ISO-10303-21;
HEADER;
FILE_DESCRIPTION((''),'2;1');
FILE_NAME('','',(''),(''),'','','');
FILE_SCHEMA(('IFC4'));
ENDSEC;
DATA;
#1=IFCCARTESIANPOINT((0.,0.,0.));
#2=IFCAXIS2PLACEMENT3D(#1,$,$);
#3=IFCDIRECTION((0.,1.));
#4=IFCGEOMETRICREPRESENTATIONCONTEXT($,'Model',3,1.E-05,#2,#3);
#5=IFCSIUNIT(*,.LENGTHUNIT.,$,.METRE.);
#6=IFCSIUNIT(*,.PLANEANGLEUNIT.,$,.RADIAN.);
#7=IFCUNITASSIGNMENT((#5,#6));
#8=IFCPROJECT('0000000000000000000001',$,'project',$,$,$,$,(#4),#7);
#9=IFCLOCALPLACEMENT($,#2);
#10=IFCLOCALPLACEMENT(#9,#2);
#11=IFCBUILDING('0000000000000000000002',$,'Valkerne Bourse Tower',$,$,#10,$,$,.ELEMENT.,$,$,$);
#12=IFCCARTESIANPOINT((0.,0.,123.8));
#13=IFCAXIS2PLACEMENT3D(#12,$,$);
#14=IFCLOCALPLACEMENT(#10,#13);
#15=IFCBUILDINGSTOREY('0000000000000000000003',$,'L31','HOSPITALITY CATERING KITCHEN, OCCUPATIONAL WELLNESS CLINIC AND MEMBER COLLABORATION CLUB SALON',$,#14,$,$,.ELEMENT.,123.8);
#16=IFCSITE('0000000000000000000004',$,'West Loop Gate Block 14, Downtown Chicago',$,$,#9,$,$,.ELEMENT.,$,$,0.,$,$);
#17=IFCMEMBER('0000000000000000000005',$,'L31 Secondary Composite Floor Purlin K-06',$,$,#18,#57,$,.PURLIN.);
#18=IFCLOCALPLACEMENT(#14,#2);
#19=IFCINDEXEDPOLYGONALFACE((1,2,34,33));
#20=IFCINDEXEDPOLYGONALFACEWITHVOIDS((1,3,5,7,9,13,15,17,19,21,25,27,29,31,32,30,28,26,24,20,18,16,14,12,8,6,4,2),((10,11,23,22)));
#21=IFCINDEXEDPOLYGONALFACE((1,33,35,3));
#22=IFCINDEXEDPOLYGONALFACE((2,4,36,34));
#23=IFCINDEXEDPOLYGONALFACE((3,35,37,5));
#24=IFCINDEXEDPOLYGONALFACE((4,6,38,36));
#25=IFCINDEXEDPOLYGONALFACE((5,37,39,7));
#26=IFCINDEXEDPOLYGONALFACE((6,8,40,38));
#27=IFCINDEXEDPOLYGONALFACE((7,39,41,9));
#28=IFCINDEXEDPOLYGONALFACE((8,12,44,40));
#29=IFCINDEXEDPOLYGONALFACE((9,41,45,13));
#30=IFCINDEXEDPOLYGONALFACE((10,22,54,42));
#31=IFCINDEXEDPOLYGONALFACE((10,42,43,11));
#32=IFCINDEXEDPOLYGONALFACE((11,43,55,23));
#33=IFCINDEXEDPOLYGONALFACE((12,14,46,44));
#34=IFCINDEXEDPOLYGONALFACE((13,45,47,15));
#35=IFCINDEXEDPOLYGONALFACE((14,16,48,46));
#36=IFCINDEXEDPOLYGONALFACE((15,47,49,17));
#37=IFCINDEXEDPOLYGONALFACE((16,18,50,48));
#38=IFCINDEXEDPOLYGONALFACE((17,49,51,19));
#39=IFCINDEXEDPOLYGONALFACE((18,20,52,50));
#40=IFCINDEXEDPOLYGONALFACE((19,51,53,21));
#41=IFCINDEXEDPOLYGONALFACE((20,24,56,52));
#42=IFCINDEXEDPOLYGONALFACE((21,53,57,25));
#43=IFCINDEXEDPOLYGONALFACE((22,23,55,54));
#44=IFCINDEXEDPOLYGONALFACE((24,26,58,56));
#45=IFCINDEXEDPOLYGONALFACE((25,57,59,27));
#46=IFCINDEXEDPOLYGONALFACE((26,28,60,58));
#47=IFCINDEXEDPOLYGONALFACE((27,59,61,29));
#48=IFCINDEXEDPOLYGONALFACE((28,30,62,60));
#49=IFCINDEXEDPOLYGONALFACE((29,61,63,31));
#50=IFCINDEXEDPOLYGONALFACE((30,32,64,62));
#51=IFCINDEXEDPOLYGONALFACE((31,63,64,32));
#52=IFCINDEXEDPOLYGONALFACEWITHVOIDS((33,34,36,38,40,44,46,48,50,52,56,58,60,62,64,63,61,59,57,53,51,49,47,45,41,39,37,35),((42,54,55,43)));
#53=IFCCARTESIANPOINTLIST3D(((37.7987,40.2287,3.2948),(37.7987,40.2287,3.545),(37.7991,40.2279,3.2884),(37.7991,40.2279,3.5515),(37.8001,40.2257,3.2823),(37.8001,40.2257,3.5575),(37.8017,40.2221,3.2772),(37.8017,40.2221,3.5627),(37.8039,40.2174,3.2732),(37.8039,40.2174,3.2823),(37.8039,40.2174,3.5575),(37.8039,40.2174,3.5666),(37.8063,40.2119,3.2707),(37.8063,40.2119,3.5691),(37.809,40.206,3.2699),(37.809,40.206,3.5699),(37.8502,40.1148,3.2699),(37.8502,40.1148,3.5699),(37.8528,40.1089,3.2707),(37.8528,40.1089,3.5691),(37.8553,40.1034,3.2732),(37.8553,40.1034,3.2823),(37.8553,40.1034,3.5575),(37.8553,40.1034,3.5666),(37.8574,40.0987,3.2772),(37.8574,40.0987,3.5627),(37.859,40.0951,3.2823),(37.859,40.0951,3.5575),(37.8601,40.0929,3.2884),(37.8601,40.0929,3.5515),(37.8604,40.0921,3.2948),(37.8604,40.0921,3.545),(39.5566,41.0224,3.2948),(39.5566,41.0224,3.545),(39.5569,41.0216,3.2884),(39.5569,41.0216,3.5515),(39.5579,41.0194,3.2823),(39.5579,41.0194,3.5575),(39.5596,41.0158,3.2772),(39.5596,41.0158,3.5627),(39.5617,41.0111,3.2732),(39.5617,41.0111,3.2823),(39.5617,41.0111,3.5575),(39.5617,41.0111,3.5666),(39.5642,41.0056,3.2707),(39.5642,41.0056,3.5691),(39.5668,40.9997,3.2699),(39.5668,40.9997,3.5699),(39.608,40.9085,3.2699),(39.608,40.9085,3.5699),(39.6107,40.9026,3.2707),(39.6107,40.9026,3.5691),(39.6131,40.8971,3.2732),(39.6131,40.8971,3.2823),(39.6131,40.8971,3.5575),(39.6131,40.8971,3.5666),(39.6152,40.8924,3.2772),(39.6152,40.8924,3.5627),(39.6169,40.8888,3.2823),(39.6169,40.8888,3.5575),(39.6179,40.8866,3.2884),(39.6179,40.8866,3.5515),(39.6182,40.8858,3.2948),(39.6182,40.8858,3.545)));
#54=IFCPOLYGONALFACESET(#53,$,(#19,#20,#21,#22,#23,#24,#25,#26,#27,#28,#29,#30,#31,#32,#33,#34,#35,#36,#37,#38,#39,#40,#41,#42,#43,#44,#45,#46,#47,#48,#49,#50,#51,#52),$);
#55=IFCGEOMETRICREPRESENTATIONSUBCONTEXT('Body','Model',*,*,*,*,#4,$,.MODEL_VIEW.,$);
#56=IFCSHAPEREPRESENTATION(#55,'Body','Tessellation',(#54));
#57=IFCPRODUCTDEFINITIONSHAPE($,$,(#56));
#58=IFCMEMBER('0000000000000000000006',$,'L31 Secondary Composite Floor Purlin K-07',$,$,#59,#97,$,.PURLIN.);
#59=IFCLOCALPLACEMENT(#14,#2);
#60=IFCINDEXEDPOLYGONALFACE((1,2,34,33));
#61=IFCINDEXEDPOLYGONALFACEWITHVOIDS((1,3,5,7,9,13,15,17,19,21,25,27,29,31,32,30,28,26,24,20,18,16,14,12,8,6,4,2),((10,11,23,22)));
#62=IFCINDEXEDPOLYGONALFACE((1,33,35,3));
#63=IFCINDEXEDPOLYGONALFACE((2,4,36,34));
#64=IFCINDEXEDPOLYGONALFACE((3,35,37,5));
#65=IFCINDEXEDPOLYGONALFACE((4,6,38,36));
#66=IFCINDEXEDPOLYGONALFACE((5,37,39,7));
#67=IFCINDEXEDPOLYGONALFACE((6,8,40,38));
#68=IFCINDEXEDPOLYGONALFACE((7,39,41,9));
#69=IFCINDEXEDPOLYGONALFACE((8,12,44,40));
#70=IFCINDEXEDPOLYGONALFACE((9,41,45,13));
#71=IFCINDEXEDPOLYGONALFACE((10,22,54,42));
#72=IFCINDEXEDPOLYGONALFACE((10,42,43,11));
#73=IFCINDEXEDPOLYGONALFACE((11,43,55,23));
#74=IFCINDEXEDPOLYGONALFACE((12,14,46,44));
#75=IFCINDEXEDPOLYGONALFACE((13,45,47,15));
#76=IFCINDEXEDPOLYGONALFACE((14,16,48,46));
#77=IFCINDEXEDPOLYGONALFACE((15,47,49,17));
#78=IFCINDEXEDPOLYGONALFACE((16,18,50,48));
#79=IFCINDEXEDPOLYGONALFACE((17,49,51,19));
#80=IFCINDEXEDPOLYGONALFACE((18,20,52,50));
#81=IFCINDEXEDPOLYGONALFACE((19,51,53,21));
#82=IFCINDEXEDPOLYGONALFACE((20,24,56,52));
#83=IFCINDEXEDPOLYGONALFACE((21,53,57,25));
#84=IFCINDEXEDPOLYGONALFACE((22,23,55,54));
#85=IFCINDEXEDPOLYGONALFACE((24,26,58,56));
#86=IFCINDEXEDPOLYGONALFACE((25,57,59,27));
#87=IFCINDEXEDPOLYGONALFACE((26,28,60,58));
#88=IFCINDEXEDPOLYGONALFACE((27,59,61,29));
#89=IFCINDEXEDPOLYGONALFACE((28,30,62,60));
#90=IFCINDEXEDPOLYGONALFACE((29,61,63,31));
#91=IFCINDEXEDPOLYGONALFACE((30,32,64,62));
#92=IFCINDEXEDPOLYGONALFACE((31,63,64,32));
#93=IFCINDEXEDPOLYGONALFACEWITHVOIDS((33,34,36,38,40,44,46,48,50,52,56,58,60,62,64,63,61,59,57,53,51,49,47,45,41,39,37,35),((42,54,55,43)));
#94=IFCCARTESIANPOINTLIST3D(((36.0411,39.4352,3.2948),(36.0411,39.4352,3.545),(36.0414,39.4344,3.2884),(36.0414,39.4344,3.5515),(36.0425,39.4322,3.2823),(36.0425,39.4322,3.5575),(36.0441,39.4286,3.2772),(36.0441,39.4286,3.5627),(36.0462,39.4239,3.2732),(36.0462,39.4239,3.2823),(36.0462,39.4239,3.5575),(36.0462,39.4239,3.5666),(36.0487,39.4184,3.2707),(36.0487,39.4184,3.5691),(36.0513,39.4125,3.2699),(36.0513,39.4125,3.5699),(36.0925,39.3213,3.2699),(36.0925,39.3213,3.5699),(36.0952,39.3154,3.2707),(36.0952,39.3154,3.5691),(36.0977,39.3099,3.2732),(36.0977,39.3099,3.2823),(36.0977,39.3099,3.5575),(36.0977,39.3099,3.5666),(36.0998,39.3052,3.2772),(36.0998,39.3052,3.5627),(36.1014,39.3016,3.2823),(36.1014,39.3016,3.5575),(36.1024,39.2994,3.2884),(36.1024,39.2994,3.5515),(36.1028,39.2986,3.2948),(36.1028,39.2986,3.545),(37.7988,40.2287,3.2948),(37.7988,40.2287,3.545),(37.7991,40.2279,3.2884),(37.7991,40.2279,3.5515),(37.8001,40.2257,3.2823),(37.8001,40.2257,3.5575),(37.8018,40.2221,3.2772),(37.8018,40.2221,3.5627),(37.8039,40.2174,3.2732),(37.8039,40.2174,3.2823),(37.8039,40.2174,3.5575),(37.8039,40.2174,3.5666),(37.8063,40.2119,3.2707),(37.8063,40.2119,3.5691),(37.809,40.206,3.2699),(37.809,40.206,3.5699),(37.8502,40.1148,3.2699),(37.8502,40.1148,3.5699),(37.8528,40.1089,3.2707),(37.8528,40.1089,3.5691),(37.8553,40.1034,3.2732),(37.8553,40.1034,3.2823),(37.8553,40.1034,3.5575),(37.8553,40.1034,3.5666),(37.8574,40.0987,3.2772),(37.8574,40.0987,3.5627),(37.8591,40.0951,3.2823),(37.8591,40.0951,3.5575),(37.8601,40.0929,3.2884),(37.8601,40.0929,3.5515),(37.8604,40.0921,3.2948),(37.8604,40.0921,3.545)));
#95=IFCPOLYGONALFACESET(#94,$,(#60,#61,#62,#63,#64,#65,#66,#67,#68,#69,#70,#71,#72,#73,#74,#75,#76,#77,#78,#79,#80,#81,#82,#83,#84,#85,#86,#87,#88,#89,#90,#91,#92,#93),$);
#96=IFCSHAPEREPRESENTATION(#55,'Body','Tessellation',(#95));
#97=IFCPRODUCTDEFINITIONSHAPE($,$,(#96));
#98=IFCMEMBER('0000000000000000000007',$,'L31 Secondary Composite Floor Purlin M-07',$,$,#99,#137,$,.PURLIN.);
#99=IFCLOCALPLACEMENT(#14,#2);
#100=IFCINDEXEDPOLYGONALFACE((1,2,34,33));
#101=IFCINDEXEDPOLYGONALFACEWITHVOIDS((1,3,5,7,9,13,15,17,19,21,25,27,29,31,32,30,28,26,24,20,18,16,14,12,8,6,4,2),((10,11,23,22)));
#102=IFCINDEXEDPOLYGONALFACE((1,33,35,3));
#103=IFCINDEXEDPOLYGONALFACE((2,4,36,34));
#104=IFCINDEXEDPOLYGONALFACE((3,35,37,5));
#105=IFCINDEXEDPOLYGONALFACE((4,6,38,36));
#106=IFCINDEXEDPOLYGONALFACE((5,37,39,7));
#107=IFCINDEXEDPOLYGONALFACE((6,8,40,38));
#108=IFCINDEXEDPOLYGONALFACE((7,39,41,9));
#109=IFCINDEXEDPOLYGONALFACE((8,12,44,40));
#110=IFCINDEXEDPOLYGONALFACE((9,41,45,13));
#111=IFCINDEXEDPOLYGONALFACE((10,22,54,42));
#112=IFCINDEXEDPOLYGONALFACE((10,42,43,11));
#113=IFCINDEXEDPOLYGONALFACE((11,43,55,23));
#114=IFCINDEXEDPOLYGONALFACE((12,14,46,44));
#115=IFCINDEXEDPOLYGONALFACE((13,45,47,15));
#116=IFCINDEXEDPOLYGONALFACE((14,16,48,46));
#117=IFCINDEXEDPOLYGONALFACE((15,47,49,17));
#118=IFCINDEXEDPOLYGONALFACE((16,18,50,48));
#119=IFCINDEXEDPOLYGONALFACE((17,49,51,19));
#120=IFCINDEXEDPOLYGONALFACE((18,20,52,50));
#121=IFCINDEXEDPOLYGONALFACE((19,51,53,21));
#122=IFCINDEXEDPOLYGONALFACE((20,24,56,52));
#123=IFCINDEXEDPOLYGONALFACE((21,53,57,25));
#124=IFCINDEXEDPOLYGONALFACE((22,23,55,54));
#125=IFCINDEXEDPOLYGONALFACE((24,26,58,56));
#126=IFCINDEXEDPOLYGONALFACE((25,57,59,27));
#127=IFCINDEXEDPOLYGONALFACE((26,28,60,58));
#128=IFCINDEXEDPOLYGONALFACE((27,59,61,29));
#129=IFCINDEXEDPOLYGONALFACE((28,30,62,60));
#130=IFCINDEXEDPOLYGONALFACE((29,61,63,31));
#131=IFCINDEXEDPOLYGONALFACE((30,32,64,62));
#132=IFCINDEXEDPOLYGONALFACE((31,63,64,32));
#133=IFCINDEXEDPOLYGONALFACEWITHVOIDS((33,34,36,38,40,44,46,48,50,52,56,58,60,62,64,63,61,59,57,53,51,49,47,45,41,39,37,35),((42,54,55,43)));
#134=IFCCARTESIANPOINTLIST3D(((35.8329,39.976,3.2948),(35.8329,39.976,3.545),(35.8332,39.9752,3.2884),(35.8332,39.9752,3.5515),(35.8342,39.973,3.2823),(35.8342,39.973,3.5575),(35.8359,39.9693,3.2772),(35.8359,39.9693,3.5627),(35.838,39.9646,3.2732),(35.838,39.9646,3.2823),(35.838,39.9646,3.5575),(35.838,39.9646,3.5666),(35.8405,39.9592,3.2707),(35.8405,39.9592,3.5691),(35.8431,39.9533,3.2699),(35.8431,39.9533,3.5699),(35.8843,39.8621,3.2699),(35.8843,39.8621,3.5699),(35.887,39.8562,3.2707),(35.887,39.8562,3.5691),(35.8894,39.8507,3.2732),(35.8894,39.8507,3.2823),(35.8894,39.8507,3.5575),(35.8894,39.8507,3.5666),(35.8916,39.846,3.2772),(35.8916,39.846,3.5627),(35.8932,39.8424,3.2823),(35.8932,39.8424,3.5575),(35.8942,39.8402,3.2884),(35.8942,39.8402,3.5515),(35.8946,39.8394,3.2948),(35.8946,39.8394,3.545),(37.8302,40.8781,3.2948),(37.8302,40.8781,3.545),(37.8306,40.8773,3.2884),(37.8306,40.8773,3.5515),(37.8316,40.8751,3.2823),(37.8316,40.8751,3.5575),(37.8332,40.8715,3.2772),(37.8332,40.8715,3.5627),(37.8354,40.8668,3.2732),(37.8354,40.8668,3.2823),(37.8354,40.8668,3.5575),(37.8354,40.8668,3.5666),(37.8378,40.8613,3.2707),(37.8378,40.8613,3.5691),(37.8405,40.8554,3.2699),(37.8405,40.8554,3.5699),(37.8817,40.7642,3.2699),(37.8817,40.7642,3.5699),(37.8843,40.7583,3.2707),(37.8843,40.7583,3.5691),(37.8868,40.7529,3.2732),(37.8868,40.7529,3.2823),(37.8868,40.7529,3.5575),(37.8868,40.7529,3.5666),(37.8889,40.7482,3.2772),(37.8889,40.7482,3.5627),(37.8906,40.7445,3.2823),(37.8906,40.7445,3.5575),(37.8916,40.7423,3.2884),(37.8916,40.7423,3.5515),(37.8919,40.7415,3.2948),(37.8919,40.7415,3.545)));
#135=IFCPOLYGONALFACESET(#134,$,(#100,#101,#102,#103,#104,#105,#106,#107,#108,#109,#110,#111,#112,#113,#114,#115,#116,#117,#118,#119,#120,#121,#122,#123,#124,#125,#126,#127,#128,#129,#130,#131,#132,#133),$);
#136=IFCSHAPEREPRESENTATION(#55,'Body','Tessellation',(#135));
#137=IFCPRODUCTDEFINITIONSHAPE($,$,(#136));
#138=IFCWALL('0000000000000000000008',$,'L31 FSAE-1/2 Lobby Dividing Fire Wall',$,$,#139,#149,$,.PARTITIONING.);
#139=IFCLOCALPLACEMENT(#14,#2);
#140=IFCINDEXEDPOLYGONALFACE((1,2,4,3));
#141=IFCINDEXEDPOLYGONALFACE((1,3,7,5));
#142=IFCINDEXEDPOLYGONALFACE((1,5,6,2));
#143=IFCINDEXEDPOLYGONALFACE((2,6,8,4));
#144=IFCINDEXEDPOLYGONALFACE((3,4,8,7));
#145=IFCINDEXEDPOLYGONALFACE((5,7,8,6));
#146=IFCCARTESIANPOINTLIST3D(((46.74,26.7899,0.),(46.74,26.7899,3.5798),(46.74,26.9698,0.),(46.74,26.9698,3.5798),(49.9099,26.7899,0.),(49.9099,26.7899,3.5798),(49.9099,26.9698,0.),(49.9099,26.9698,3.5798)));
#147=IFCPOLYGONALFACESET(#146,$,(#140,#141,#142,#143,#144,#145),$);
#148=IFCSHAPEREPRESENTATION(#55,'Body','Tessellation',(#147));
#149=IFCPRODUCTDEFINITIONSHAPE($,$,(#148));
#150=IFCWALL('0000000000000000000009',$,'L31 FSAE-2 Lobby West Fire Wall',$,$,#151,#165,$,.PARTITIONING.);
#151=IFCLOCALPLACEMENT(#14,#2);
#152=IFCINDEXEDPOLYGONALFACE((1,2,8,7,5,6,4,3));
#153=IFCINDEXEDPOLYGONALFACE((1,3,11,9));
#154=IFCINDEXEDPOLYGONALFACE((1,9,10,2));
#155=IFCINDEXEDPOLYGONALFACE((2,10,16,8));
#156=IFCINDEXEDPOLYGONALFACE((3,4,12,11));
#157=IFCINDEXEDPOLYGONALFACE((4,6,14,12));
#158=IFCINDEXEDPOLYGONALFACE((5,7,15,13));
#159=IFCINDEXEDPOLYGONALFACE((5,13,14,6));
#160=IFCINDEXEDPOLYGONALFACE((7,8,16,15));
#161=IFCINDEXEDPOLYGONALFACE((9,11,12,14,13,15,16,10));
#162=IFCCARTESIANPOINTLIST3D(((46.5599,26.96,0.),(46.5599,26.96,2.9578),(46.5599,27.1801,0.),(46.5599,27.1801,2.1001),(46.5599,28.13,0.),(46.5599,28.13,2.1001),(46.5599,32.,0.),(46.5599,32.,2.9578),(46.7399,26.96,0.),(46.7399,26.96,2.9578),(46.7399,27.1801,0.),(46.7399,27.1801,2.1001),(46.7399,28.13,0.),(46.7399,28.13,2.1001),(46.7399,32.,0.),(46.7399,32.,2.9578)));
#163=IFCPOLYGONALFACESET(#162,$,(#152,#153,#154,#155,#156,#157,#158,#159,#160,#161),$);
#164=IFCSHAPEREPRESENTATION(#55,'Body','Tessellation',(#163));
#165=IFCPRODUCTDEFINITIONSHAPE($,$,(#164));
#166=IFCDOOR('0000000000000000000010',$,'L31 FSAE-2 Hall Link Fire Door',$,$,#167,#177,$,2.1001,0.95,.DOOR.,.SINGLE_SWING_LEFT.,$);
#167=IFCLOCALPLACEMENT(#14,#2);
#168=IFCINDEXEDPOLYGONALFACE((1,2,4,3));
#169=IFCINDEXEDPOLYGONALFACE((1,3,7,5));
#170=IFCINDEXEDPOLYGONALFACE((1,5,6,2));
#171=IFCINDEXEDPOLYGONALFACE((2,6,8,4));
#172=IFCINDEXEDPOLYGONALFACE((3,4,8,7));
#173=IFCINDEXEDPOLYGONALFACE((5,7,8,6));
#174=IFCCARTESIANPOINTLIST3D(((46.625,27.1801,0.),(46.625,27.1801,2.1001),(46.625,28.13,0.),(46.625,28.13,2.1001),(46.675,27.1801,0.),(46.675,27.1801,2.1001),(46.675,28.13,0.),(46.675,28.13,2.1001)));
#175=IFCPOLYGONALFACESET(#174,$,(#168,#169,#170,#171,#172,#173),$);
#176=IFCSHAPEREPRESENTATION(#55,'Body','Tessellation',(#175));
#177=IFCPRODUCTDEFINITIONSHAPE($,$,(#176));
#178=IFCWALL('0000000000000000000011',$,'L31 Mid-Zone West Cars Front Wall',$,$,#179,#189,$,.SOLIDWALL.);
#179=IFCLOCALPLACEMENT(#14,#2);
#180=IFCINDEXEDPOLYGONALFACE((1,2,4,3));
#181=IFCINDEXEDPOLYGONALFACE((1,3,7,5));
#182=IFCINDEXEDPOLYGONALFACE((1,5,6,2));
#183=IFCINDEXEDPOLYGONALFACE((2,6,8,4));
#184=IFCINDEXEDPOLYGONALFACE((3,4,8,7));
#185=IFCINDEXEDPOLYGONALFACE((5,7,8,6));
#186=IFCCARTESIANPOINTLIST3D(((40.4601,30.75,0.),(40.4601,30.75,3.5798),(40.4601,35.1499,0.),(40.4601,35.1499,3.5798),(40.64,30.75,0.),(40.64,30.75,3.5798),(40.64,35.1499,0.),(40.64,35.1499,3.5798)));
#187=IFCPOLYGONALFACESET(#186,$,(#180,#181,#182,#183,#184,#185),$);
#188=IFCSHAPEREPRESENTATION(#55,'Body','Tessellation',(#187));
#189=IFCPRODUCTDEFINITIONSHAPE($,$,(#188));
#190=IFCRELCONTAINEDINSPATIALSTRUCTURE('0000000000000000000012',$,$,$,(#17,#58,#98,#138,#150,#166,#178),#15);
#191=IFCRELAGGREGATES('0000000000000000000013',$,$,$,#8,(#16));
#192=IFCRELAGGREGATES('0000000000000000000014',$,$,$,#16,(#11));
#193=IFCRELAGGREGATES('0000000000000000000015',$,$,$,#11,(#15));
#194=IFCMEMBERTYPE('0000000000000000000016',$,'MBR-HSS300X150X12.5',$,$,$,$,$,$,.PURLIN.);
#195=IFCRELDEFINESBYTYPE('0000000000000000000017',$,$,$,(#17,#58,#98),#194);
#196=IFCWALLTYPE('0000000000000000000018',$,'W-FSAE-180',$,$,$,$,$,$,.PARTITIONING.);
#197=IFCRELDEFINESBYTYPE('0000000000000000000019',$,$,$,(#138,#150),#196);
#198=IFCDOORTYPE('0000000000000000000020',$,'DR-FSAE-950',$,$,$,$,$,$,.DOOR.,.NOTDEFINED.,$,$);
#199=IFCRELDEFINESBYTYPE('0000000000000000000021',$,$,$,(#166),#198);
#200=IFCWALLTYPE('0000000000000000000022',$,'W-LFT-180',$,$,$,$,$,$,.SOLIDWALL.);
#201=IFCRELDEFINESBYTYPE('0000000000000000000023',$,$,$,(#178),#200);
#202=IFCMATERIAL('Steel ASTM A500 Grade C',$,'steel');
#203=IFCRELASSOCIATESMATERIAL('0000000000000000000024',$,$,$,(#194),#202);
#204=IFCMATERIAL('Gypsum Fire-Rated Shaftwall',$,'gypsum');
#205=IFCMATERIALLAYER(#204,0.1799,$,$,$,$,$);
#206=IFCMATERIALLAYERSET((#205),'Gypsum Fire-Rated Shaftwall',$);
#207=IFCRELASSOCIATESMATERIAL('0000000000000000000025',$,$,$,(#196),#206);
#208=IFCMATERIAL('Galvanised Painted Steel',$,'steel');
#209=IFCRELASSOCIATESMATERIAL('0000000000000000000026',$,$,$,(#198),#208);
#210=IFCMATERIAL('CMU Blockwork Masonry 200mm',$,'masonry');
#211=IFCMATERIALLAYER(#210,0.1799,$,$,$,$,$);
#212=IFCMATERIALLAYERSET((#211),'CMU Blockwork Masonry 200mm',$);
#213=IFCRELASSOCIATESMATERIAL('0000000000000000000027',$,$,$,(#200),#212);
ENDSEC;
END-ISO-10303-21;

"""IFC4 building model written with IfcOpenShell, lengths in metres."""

from ifc_helpers import new_model, si_unit, direction, frame, frame_2d, origin, origin_2d, place, context, subcontext, project, spatial, rectangle, hollow_rectangle, extrude, material, layer, layer_set, material_profile, profile_set, type_object, element, fill, save


model = new_model("IFC4")

# Units and contexts
model_context = context("Model", 3, precision=1e-05, world=origin(), true_north=direction((0.0, 1.0)))
body_context = subcontext(model_context, "Body", "Model", "MODEL_VIEW")
ifc_project = project(units=[si_unit("LENGTHUNIT", "METRE"), si_unit("PLANEANGLEUNIT", "RADIAN")], contexts=[model_context])

# Site, building, storey
site_placement = place(None, origin())
site = spatial("IfcSite", under=ifc_project, at=site_placement, Name="West Loop Gate Block 14, Downtown Chicago", CompositionType="ELEMENT", RefElevation=0.0)
building_placement = place(site_placement, origin())
building = spatial("IfcBuilding", under=site, at=building_placement, Name="Valkerne Bourse Tower", CompositionType="ELEMENT")
storey_placement = place(building_placement, frame((0.0, 0.0, 123.8)))
storey = spatial("IfcBuildingStorey", under=building, at=storey_placement, Name="L31", Description="HOSPITALITY CATERING KITCHEN, OCCUPATIONAL WELLNESS CLINIC AND MEMBER COLLABORATION CLUB SALON", CompositionType="ELEMENT", Elevation=123.8)

# Members
ifc_material_1 = material(Name="Steel ASTM A500 Grade C", Category="steel")
ifc_material_profile_1 = material_profile(ifc_material_1, hollow_rectangle(XDim=0.1499, YDim=0.3, WallThickness=0.0125, OuterFilletRadius=0.0249, at=origin_2d()), Name="HSS300X150X12.5")
ifc_profile_set_1 = profile_set([ifc_material_profile_1], Name="Steel ASTM A500 Grade C")
member_type = type_object("IfcMemberType", Name="MBR-HSS300X150X12.5", PredefinedType="PURLIN", material=ifc_profile_set_1)
member_1_placement = place(storey_placement, frame((39.5874, 40.9541, 3.4199), z_axis=(-0.9114, -0.411522, 0.0), x_axis=(0.411522, -0.9114, 0.0)))
element("IfcMember", 1, at=member_1_placement, inside=storey, type_object=member_type, Name="L31 Secondary Composite Floor Purlin K-06", PredefinedType="PURLIN", context=body_context, shape_type="SweptSolid", body=[
    extrude(hollow_rectangle(XDim=0.1499, YDim=0.3, WallThickness=0.0125, OuterFilletRadius=0.0249, at=origin_2d()), origin(), (0.0, 0.0, 1.0), 1.9287),
])
member_2_placement = place(storey_placement, frame((37.8296, 40.1604, 3.4199), z_axis=(-0.911426, -0.411465, 0.0), x_axis=(0.411465, -0.911426, 0.0)))
element("IfcMember", 2, at=member_2_placement, inside=storey, type_object=member_type, Name="L31 Secondary Composite Floor Purlin K-07", PredefinedType="PURLIN", context=body_context, shape_type="SweptSolid", body=[
    extrude(hollow_rectangle(XDim=0.1499, YDim=0.3, WallThickness=0.0125, OuterFilletRadius=0.0249, at=origin_2d()), origin(), (0.0, 0.0, 1.0), 1.9285),
])
member_3_placement = place(storey_placement, frame((37.8611, 40.8098, 3.4199), z_axis=(-0.911356, -0.41162, 0.0), x_axis=(0.41162, -0.911356, 0.0)))
element("IfcMember", 3, at=member_3_placement, inside=storey, type_object=member_type, Name="L31 Secondary Composite Floor Purlin M-07", PredefinedType="PURLIN", context=body_context, shape_type="SweptSolid", body=[
    extrude(hollow_rectangle(XDim=0.1499, YDim=0.3, WallThickness=0.0125, OuterFilletRadius=0.0249, at=origin_2d()), origin(), (0.0, 0.0, 1.0), 2.1917),
])

# Wall
ifc_material_2 = material(Name="Gypsum Fire-Rated Shaftwall", Category="gypsum")
ifc_layer_1 = layer(ifc_material_2, 0.1799)
ifc_layer_set_1 = layer_set([ifc_layer_1], Name="Gypsum Fire-Rated Shaftwall")
wall_type_1 = type_object("IfcWallType", Name="W-FSAE-180", PredefinedType="PARTITIONING", material=ifc_layer_set_1)
wall_1_placement = place(storey_placement, frame((46.74, 26.8799, 0.0), z_axis=(0.0, 0.0, 1.0), x_axis=(1.0, 0.0, 0.0)))
element("IfcWall", 4, at=wall_1_placement, inside=storey, type_object=wall_type_1, Name="L31 FSAE-1/2 Lobby Dividing Fire Wall", PredefinedType="PARTITIONING", context=body_context, shape_type="SweptSolid", body=[
    extrude(rectangle(XDim=3.1699, YDim=0.1799, at=frame_2d((1.585, 0.0))), origin(), (0.0, 0.0, 1.0), 3.5798),
])

# Wall, opening, door
wall_2_placement = place(storey_placement, frame((46.6499, 26.96, 0.0), z_axis=(0.0, 0.0, 1.0), x_axis=(0.0, 1.0, 0.0)))
wall_2 = element("IfcWall", 5, at=wall_2_placement, inside=storey, type_object=wall_type_1, Name="L31 FSAE-2 Lobby West Fire Wall", PredefinedType="PARTITIONING", context=body_context, shape_type="SweptSolid", body=[
    extrude(rectangle(XDim=5.04, YDim=0.1799, at=frame_2d((2.52, 0.0))), origin(), (0.0, 0.0, 1.0), 2.9578),
])
opening_1_placement = place(wall_2_placement, frame((0.22, 0.0, 0.0)))
opening_1 = element("IfcOpeningElement", 6, at=opening_1_placement, cuts=wall_2, PredefinedType="OPENING", context=body_context, shape_type="SweptSolid", body=[
    extrude(rectangle(XDim=0.95, YDim=2.1001, at=frame_2d((0.4751, 1.05))), frame((0.0, 0.0999, 0.0), z_axis=(0.0, -1.0, 0.0), x_axis=(1.0, 0.0, 0.0)), (0.0, 0.0, 1.0), 0.2),
])
ifc_material_3 = material(Name="Galvanised Painted Steel", Category="steel")
door_type_1 = type_object("IfcDoorType", Name="DR-FSAE-950", OperationType="NOTDEFINED", PredefinedType="DOOR", material=ifc_material_3)
door_1_placement = place(opening_1_placement, origin())
door_1 = element("IfcDoor", 7, at=door_1_placement, inside=storey, type_object=door_type_1, Name="L31 FSAE-2 Hall Link Fire Door", OperationType="SINGLE_SWING_LEFT", OverallHeight=2.1001, OverallWidth=0.95, PredefinedType="DOOR", context=body_context, shape_type="SweptSolid", body=[
    extrude(rectangle(XDim=0.95, YDim=2.1001, at=frame_2d((0.4751, 1.05))), frame((0.0, 0.0249, 0.0), z_axis=(0.0, -1.0, 0.0), x_axis=(1.0, 0.0, 0.0)), (0.0, 0.0, 1.0), 0.05),
])
fill(opening_1, door_1)

# Wall
ifc_material_4 = material(Name="CMU Blockwork Masonry 200mm", Category="masonry")
ifc_layer_2 = layer(ifc_material_4, 0.1799)
ifc_layer_set_2 = layer_set([ifc_layer_2], Name="CMU Blockwork Masonry 200mm")
wall_type_2 = type_object("IfcWallType", Name="W-LFT-180", PredefinedType="SOLIDWALL", material=ifc_layer_set_2)
for number, where, z_axis, x_axis, name in (
    (8, (40.55, 30.75, 0.0), (0.0, 0.0, 1.0), (0.0, 1.0, 0.0), "L31 Mid-Zone West Cars Front Wall"),
):
    element("IfcWall", number, at=place(storey_placement, frame(where, z_axis=z_axis, x_axis=x_axis)), inside=storey, type_object=wall_type_2, Name=name, PredefinedType="SOLIDWALL", context=body_context, shape_type="SweptSolid", body=[
        extrude(rectangle(XDim=4.3999, YDim=0.1799, at=frame_2d((2.2, 0.0))), origin(), (0.0, 0.0, 1.0), 3.5798),
    ])

save(model, "model.ifc")
